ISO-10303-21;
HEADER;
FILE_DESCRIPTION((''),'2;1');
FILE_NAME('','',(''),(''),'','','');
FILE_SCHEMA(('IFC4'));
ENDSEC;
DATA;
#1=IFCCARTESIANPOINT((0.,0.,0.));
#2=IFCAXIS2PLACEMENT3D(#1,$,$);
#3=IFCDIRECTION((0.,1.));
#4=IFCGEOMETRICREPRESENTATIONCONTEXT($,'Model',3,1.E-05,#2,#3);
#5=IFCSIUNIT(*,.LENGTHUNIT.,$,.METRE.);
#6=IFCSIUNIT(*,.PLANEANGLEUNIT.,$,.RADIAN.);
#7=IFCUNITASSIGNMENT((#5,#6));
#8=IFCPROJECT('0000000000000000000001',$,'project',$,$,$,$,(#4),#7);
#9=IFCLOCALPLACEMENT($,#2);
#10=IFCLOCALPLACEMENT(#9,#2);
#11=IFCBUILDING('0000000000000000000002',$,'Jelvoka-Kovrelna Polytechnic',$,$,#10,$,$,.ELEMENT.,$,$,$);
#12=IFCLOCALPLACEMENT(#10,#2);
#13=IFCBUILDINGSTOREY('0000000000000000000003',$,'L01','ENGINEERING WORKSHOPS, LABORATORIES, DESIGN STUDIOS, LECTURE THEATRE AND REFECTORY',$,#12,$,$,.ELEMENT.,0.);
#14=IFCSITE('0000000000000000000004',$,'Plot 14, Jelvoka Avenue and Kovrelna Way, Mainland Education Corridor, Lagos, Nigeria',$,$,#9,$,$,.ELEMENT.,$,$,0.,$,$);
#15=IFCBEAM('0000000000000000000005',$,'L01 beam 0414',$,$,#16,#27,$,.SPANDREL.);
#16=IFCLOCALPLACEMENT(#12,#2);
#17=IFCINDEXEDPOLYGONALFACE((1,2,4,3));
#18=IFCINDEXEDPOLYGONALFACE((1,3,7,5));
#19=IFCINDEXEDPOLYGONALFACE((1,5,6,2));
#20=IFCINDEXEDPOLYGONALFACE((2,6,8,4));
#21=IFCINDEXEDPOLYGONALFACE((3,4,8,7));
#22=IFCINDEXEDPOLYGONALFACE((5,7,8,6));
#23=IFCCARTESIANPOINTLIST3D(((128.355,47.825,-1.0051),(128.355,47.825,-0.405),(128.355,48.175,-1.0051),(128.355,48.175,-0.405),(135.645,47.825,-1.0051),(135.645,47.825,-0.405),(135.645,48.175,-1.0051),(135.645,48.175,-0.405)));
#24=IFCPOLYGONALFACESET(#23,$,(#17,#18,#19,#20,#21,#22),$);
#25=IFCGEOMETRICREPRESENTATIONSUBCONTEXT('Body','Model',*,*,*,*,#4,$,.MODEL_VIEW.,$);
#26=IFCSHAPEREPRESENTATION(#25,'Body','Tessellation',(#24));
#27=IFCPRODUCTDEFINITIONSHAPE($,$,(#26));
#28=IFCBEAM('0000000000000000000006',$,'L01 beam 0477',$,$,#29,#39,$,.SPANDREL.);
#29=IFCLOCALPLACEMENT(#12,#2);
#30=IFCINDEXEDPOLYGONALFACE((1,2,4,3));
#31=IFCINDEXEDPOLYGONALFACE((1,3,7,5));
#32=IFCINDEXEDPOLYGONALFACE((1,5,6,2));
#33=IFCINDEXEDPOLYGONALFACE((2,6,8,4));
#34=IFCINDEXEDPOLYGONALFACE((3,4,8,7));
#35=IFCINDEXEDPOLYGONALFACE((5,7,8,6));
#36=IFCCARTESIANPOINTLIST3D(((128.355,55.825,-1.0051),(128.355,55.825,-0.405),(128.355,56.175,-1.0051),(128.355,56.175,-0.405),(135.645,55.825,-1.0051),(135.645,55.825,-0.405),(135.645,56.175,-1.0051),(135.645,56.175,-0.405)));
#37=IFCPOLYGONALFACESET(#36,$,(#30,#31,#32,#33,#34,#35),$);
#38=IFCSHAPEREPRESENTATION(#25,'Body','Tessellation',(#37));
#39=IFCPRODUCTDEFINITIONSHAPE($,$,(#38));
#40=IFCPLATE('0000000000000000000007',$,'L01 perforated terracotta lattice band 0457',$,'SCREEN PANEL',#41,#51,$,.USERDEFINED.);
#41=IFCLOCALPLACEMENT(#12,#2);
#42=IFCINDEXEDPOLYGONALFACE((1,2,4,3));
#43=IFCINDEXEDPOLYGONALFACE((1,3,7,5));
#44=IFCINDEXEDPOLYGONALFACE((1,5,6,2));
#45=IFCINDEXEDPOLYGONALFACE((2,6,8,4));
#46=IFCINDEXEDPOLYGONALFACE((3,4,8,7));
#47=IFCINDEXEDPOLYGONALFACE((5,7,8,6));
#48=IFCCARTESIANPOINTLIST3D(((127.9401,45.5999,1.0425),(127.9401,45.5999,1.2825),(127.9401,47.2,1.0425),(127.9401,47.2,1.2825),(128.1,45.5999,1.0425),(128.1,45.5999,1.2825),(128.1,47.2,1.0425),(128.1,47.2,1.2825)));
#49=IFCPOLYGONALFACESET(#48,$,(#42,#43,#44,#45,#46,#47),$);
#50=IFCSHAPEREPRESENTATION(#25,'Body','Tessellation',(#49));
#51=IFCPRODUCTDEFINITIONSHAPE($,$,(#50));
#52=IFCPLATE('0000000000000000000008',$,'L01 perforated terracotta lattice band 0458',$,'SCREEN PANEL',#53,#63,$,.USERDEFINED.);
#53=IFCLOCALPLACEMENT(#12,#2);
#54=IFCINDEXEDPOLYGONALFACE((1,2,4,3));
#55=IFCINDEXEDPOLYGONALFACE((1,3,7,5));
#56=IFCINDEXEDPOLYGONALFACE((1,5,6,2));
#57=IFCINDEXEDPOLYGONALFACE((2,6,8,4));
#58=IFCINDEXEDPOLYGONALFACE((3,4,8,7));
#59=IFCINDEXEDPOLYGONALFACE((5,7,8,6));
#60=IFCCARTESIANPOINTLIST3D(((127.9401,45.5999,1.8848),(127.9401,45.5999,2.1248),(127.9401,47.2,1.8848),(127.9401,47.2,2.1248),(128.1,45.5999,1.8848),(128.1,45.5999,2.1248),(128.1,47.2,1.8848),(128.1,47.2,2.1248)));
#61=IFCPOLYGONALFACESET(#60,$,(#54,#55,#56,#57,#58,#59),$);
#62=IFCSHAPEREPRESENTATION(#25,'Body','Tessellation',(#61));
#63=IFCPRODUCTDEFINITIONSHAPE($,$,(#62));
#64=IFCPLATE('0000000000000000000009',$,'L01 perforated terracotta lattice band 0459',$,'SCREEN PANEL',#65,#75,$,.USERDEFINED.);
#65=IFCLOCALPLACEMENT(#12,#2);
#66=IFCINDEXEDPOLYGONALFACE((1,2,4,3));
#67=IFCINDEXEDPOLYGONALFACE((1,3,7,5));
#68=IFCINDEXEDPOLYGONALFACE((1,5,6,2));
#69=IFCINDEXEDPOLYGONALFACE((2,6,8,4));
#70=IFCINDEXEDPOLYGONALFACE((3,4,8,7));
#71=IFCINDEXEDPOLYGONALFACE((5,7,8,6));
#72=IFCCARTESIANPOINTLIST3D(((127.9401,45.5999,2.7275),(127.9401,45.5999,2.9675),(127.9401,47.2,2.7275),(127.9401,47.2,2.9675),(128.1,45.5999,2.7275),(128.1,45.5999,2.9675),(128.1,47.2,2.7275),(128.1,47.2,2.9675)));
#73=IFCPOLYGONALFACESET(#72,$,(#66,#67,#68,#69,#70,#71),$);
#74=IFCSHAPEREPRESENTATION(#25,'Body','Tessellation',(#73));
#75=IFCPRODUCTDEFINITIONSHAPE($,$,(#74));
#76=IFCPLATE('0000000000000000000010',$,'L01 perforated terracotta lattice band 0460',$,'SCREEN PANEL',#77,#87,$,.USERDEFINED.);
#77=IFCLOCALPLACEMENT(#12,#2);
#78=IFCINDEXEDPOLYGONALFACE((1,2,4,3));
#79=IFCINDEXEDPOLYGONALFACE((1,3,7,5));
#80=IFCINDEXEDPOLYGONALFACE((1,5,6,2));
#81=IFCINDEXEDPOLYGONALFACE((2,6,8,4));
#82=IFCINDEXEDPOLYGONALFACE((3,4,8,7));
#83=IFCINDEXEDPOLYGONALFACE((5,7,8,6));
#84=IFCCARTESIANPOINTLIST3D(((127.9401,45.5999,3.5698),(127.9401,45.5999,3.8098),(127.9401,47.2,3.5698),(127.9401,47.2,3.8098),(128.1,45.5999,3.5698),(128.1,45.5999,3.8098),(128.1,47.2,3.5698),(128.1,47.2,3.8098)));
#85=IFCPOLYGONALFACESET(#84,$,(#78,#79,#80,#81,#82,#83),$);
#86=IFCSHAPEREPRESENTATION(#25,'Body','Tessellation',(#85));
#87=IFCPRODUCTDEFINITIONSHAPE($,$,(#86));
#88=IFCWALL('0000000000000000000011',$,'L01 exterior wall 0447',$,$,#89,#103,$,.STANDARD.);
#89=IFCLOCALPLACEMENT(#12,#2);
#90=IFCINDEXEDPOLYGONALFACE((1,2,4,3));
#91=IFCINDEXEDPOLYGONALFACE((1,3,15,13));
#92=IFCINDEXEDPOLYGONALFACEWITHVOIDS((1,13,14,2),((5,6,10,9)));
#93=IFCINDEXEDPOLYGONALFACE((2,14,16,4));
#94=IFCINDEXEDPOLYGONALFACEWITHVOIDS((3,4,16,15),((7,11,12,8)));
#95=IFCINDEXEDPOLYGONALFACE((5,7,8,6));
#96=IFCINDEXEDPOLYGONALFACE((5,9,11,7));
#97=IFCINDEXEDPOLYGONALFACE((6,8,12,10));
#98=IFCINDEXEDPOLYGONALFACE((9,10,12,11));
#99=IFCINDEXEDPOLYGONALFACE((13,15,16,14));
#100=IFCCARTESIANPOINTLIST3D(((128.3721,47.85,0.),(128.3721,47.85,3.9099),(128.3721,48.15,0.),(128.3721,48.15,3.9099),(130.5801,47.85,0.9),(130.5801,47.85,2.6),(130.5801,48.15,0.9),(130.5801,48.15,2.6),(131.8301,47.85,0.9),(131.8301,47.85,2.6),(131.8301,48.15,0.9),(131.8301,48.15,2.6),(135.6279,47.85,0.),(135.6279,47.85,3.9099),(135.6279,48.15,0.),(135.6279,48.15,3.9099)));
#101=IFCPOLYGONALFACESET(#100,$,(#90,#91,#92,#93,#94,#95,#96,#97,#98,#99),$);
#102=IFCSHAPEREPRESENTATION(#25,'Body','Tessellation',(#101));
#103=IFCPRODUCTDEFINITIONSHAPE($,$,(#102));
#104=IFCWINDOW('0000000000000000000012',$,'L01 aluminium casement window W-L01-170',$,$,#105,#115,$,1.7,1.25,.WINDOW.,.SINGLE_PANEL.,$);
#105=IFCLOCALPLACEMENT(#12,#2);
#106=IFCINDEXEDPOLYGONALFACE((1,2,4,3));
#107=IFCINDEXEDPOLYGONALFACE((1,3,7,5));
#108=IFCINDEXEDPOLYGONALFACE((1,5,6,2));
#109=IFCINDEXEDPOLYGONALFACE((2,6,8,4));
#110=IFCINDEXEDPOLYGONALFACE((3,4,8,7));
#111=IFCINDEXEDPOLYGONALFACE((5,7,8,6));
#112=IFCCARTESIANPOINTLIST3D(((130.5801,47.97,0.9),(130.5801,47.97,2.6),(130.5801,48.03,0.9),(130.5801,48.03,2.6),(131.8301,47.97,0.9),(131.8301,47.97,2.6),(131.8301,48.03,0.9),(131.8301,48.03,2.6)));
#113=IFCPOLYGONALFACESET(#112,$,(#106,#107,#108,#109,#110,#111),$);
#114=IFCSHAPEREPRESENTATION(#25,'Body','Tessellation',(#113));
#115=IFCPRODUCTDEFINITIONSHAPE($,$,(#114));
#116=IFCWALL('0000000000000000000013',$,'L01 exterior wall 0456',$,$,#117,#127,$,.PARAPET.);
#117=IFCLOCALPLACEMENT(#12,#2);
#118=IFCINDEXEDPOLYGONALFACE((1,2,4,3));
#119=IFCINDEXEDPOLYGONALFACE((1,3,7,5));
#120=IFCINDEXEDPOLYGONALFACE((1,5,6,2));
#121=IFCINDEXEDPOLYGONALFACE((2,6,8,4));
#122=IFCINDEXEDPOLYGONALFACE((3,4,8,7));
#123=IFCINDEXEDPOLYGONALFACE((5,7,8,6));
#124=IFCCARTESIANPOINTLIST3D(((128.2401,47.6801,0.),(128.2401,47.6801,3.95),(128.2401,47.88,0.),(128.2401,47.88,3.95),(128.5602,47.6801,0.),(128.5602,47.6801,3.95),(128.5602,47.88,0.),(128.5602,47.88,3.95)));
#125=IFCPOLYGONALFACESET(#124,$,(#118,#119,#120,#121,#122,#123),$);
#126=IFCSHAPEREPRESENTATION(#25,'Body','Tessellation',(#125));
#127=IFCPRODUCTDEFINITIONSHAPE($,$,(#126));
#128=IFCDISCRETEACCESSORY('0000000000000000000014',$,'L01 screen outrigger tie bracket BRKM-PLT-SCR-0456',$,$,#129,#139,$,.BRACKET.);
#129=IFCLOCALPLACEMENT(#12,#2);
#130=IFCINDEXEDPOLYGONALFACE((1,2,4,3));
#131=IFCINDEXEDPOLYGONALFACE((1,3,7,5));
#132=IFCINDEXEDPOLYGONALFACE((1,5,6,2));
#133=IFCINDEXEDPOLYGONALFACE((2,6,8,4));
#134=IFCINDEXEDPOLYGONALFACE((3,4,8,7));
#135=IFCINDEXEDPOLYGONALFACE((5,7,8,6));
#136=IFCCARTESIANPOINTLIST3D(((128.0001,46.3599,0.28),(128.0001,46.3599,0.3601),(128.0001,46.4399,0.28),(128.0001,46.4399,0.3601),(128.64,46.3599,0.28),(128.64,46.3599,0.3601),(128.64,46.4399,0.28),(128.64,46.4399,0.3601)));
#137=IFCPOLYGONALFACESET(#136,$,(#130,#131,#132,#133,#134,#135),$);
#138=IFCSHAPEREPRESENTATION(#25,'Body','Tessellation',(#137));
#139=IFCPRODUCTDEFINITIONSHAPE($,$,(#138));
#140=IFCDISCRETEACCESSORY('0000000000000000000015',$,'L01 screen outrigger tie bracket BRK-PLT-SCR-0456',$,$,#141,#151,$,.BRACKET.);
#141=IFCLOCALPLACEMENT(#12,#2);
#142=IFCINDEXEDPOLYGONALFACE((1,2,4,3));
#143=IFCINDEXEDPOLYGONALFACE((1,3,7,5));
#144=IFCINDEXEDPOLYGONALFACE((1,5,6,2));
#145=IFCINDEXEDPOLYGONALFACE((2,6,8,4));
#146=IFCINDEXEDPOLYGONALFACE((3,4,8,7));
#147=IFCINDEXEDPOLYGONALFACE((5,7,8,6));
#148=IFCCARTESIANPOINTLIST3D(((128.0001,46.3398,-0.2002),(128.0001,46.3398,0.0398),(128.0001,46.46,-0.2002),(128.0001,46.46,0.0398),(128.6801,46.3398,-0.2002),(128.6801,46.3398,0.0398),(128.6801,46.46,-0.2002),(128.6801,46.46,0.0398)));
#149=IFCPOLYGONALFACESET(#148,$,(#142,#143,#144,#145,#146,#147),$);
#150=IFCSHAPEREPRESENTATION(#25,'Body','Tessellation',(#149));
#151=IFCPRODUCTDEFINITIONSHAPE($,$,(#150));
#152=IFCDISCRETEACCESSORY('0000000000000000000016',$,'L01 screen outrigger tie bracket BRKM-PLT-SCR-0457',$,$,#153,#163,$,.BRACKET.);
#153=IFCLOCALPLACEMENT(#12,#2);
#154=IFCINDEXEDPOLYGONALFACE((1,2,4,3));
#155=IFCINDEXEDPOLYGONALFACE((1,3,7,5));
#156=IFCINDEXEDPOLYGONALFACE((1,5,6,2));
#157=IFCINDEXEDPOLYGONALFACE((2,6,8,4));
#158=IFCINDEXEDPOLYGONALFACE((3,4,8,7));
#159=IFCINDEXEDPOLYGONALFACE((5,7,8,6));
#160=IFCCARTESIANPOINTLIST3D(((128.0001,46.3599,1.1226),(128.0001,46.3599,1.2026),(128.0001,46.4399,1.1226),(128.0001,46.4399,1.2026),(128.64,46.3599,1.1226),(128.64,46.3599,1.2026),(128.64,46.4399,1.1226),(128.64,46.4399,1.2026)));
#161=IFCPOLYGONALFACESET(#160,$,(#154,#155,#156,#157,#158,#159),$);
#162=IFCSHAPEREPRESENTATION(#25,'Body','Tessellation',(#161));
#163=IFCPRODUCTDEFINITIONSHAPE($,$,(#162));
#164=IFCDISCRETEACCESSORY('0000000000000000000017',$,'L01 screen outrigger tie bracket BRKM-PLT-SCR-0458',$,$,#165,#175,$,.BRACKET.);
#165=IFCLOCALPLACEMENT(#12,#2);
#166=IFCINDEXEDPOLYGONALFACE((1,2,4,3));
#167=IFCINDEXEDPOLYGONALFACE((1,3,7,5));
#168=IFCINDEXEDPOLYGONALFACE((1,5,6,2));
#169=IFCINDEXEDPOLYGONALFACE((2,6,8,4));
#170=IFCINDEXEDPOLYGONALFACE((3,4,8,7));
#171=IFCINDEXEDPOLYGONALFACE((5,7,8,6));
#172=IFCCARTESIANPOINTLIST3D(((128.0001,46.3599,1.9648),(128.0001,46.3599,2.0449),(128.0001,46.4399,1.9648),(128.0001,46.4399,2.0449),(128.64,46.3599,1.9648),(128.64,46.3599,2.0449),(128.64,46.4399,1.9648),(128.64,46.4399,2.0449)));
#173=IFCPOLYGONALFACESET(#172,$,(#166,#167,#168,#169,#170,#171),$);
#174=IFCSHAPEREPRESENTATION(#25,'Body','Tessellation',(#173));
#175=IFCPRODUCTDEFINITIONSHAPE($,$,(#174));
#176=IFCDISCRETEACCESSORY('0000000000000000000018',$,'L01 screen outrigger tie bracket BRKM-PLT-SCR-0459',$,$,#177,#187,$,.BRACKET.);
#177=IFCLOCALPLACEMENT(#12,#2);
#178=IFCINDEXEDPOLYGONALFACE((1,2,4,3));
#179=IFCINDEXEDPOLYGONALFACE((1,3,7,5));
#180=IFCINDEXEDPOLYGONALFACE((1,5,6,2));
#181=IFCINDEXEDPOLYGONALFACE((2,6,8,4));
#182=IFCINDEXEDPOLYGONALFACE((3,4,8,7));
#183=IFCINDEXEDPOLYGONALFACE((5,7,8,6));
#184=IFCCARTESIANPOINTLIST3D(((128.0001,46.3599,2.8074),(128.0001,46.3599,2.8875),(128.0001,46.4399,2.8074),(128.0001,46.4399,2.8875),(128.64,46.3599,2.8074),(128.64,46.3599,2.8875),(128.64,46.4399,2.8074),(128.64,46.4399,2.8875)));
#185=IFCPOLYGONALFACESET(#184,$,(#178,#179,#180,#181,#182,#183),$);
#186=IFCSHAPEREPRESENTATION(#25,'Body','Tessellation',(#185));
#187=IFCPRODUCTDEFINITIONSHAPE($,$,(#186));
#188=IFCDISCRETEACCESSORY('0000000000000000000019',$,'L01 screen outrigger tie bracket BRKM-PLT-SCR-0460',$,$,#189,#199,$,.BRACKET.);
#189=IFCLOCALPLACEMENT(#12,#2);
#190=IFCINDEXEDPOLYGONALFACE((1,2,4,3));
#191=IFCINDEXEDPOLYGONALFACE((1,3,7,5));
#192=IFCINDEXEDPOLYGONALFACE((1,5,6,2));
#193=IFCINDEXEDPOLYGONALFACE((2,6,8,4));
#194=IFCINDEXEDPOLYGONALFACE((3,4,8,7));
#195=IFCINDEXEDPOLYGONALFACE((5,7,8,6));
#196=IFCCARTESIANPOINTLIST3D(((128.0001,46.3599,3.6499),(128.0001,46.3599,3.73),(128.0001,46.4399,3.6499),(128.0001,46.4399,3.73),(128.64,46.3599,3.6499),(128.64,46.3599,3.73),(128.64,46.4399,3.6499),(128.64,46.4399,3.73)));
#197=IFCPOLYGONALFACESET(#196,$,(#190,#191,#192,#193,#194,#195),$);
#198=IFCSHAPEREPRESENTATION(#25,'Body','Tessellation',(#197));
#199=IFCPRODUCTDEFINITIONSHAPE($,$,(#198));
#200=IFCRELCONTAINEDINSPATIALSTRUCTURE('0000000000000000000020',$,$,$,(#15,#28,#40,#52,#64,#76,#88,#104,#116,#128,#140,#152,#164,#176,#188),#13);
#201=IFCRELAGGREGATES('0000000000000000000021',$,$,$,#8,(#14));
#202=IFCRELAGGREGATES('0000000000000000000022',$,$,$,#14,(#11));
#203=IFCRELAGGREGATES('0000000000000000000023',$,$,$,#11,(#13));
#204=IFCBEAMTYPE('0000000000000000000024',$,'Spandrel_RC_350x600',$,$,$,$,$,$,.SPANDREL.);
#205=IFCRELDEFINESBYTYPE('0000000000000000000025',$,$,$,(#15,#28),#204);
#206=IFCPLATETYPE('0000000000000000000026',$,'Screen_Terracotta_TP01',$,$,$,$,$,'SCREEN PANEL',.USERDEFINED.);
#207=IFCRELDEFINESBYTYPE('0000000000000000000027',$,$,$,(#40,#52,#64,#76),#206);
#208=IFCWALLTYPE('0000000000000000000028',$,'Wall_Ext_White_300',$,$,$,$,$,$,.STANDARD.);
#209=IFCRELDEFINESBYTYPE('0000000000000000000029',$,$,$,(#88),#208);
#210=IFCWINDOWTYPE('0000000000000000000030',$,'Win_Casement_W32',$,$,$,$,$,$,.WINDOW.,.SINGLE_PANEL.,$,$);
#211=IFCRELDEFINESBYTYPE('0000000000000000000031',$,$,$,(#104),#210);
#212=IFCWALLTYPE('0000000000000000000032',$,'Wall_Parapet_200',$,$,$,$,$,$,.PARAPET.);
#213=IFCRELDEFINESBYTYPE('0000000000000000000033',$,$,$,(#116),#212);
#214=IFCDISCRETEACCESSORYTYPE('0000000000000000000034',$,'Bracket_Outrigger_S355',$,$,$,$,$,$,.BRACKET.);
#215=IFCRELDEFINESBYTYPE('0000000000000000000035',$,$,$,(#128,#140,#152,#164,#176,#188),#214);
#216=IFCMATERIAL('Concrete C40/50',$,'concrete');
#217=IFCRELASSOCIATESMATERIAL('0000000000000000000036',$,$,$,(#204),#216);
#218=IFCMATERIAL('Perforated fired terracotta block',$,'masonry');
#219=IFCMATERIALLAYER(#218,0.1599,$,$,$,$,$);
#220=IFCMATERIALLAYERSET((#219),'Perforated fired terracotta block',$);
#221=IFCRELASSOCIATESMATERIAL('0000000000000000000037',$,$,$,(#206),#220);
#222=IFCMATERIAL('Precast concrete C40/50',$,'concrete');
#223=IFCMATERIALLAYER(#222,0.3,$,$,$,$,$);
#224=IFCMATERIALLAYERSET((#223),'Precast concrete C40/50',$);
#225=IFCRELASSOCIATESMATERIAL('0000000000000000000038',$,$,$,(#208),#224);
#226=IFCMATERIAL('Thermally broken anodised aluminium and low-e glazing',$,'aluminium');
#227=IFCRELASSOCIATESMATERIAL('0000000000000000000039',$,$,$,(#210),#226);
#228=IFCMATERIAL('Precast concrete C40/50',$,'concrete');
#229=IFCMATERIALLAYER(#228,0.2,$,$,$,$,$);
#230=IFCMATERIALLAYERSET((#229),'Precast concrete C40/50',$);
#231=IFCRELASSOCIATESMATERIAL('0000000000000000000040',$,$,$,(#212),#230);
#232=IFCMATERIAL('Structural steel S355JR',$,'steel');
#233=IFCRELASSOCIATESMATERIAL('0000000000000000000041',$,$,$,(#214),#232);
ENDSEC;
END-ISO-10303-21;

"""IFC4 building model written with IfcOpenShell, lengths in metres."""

from ifc_helpers import new_model, si_unit, direction, frame, frame_2d, origin, origin_2d, place, context, subcontext, project, spatial, rectangle, extrude, material, layer, layer_set, material_profile, profile_set, type_object, element, fill, save


model = new_model("IFC4")

# Units and contexts
model_context = context("Model", 3, precision=1e-05, world=origin(), true_north=direction((0.0, 1.0)))
body_context = subcontext(model_context, "Body", "Model", "MODEL_VIEW")
ifc_project = project(units=[si_unit("LENGTHUNIT", "METRE"), si_unit("PLANEANGLEUNIT", "RADIAN")], contexts=[model_context])

# Site, building, storey
site_placement = place(None, origin())
site = spatial("IfcSite", under=ifc_project, at=site_placement, Name="Plot 14, Jelvoka Avenue and Kovrelna Way, Mainland Education Corridor, Lagos, Nigeria", CompositionType="ELEMENT", RefElevation=0.0)
building_placement = place(site_placement, origin())
building = spatial("IfcBuilding", under=site, at=building_placement, Name="Jelvoka-Kovrelna Polytechnic", CompositionType="ELEMENT")
storey_placement = place(building_placement, origin())
storey = spatial("IfcBuildingStorey", under=building, at=storey_placement, Name="L01", Description="ENGINEERING WORKSHOPS, LABORATORIES, DESIGN STUDIOS, LECTURE THEATRE AND REFECTORY", CompositionType="ELEMENT", Elevation=0.0)

# Beams
ifc_material_1 = material(Name="Concrete C40/50", Category="concrete")
ifc_material_profile_1 = material_profile(ifc_material_1, rectangle(XDim=0.3501, YDim=0.6001, at=origin_2d()), Name="RC 350x600")
ifc_profile_set_1 = profile_set([ifc_material_profile_1], Name="Concrete C40/50")
beam_type = type_object("IfcBeamType", Name="Spandrel_RC_350x600", PredefinedType="SPANDREL", material=ifc_profile_set_1)
for number, where, z_axis, x_axis, name in (
    (1, (128.355, 48.0, -0.7051), (1.0, 0.0, 0.0), (0.0, 1.0, 0.0), "L01 beam 0414"),
    (2, (128.355, 56.0, -0.7051), (1.0, 0.0, 0.0), (0.0, 1.0, 0.0), "L01 beam 0477"),
):
    element("IfcBeam", number, at=place(storey_placement, frame(where, z_axis=z_axis, x_axis=x_axis)), inside=storey, type_object=beam_type, Name=name, PredefinedType="SPANDREL", context=body_context, shape_type="SweptSolid", body=[
        extrude(rectangle(XDim=0.3501, YDim=0.6001, at=origin_2d()), origin(), (0.0, 0.0, 1.0), 7.29),
    ])

# Plates
ifc_material_2 = material(Name="Perforated fired terracotta block", Category="masonry")
ifc_layer_1 = layer(ifc_material_2, 0.1599)
ifc_layer_set_1 = layer_set([ifc_layer_1], Name="Perforated fired terracotta block")
plate_type = type_object("IfcPlateType", Name="Screen_Terracotta_TP01", ElementType="SCREEN PANEL", PredefinedType="USERDEFINED", material=ifc_layer_set_1)
for number, where, z_axis, x_axis, name in (
    (3, (128.02, 46.3999, 1.0425), (0.0, 0.0, 1.0), (0.0, 1.0, 0.0), "L01 perforated terracotta lattice band 0457"),
    (4, (128.02, 46.3999, 1.8848), (0.0, 0.0, 1.0), (0.0, 1.0, 0.0), "L01 perforated terracotta lattice band 0458"),
    (5, (128.02, 46.3999, 2.7275), (0.0, 0.0, 1.0), (0.0, 1.0, 0.0), "L01 perforated terracotta lattice band 0459"),
    (6, (128.02, 46.3999, 3.5698), (0.0, 0.0, 1.0), (0.0, 1.0, 0.0), "L01 perforated terracotta lattice band 0460"),
):
    element("IfcPlate", number, at=place(storey_placement, frame(where, z_axis=z_axis, x_axis=x_axis)), inside=storey, type_object=plate_type, Name=name, ObjectType="SCREEN PANEL", PredefinedType="USERDEFINED", context=body_context, shape_type="SweptSolid", body=[
        extrude(rectangle(XDim=1.6001, YDim=0.1599, at=origin_2d()), origin(), (0.0, 0.0, 1.0), 0.24),
    ])

# Wall, opening, window
ifc_material_3 = material(Name="Precast concrete C40/50", Category="concrete")
ifc_layer_2 = layer(ifc_material_3, 0.3)
ifc_layer_set_2 = layer_set([ifc_layer_2], Name="Precast concrete C40/50")
wall_type_1 = type_object("IfcWallType", Name="Wall_Ext_White_300", PredefinedType="STANDARD", material=ifc_layer_set_2)
wall_1_placement = place(storey_placement, frame((128.3721, 48.0, 0.0), z_axis=(0.0, 0.0, 1.0), x_axis=(1.0, 0.0, 0.0)))
wall_1 = element("IfcWall", 7, at=wall_1_placement, inside=storey, type_object=wall_type_1, Name="L01 exterior wall 0447", PredefinedType="STANDARD", context=body_context, shape_type="SweptSolid", body=[
    extrude(rectangle(XDim=7.2559, YDim=0.3, at=frame_2d((3.6279, 0.0))), origin(), (0.0, 0.0, 1.0), 3.9099),
])
opening_placement = place(wall_1_placement, frame((2.208, 0.0, 0.8999)))
opening = element("IfcOpeningElement", 8, at=opening_placement, cuts=wall_1, PredefinedType="OPENING", context=body_context, shape_type="SweptSolid", body=[
    extrude(rectangle(XDim=1.25, YDim=1.7, at=frame_2d((0.625, 0.8501))), frame((0.0, 0.1599, 0.0), z_axis=(0.0, -1.0, 0.0), x_axis=(1.0, 0.0, 0.0)), (0.0, 0.0, 1.0), 0.3201),
])
ifc_material_4 = material(Name="Thermally broken anodised aluminium and low-e glazing", Category="aluminium")
window_type = type_object("IfcWindowType", Name="Win_Casement_W32", PartitioningType="SINGLE_PANEL", PredefinedType="WINDOW", material=ifc_material_4)
window_placement = place(opening_placement, origin())
window = element("IfcWindow", 9, at=window_placement, inside=storey, type_object=window_type, Name="L01 aluminium casement window W-L01-170", OverallHeight=1.7, OverallWidth=1.25, PartitioningType="SINGLE_PANEL", PredefinedType="WINDOW", context=body_context, shape_type="SweptSolid", body=[
    extrude(rectangle(XDim=1.25, YDim=1.7, at=frame_2d((0.625, 0.8501))), frame((0.0, 0.03, 0.0), z_axis=(0.0, -1.0, 0.0), x_axis=(1.0, 0.0, 0.0)), (0.0, 0.0, 1.0), 0.0601),
])
fill(opening, window)

# Wall
ifc_material_5 = material(Name="Precast concrete C40/50", Category="concrete")
ifc_layer_3 = layer(ifc_material_5, 0.2)
ifc_layer_set_3 = layer_set([ifc_layer_3], Name="Precast concrete C40/50")
wall_type_2 = type_object("IfcWallType", Name="Wall_Parapet_200", PredefinedType="PARAPET", material=ifc_layer_set_3)
wall_2_placement = place(storey_placement, frame((128.24, 47.78, 0.0), z_axis=(0.0, 0.0, 1.0), x_axis=(1.0, 0.0, 0.0)))
element("IfcWall", 10, at=wall_2_placement, inside=storey, type_object=wall_type_2, Name="L01 exterior wall 0456", PredefinedType="PARAPET", context=body_context, shape_type="SweptSolid", body=[
    extrude(rectangle(XDim=0.3201, YDim=0.2, at=frame_2d((0.1602, 0.0))), origin(), (0.0, 0.0, 1.0), 3.95),
])

# Discrete accessories
ifc_material_6 = material(Name="Structural steel S355JR", Category="steel")
discrete_accessory_type = type_object("IfcDiscreteAccessoryType", Name="Bracket_Outrigger_S355", PredefinedType="BRACKET", material=ifc_material_6)
discrete_accessory_1_placement = place(storey_placement, frame((128.3201, 46.3999, 0.28), z_axis=(0.0, 0.0, 1.0), x_axis=(1.0, 0.0, 0.0)))
element("IfcDiscreteAccessory", 11, at=discrete_accessory_1_placement, inside=storey, type_object=discrete_accessory_type, Name="L01 screen outrigger tie bracket BRKM-PLT-SCR-0456", PredefinedType="BRACKET", context=body_context, shape_type="SweptSolid", body=[
    extrude(rectangle(XDim=0.6399, YDim=0.0801, at=origin_2d()), origin(), (0.0, 0.0, 1.0), 0.0801),
])
discrete_accessory_2_placement = place(storey_placement, frame((128.3401, 46.3999, -0.2002), z_axis=(0.0, 0.0, 1.0), x_axis=(1.0, 0.0, 0.0)))
element("IfcDiscreteAccessory", 12, at=discrete_accessory_2_placement, inside=storey, type_object=discrete_accessory_type, Name="L01 screen outrigger tie bracket BRK-PLT-SCR-0456", PredefinedType="BRACKET", context=body_context, shape_type="SweptSolid", body=[
    extrude(rectangle(XDim=0.6799, YDim=0.1201, at=origin_2d()), origin(), (0.0, 0.0, 1.0), 0.24),
])
for number, where, z_axis, x_axis, name in (
    (13, (128.3201, 46.3999, 1.1226), (0.0, 0.0, 1.0), (1.0, 0.0, 0.0), "L01 screen outrigger tie bracket BRKM-PLT-SCR-0457"),
    (14, (128.3201, 46.3999, 1.9648), (0.0, 0.0, 1.0), (1.0, 0.0, 0.0), "L01 screen outrigger tie bracket BRKM-PLT-SCR-0458"),
    (15, (128.3201, 46.3999, 2.8074), (0.0, 0.0, 1.0), (1.0, 0.0, 0.0), "L01 screen outrigger tie bracket BRKM-PLT-SCR-0459"),
    (16, (128.3201, 46.3999, 3.6499), (0.0, 0.0, 1.0), (1.0, 0.0, 0.0), "L01 screen outrigger tie bracket BRKM-PLT-SCR-0460"),
):
    element("IfcDiscreteAccessory", number, at=place(storey_placement, frame(where, z_axis=z_axis, x_axis=x_axis)), inside=storey, type_object=discrete_accessory_type, Name=name, PredefinedType="BRACKET", context=body_context, shape_type="SweptSolid", body=[
        extrude(rectangle(XDim=0.6399, YDim=0.0801, at=origin_2d()), origin(), (0.0, 0.0, 1.0), 0.0801),
    ])

save(model, "model.ifc")
